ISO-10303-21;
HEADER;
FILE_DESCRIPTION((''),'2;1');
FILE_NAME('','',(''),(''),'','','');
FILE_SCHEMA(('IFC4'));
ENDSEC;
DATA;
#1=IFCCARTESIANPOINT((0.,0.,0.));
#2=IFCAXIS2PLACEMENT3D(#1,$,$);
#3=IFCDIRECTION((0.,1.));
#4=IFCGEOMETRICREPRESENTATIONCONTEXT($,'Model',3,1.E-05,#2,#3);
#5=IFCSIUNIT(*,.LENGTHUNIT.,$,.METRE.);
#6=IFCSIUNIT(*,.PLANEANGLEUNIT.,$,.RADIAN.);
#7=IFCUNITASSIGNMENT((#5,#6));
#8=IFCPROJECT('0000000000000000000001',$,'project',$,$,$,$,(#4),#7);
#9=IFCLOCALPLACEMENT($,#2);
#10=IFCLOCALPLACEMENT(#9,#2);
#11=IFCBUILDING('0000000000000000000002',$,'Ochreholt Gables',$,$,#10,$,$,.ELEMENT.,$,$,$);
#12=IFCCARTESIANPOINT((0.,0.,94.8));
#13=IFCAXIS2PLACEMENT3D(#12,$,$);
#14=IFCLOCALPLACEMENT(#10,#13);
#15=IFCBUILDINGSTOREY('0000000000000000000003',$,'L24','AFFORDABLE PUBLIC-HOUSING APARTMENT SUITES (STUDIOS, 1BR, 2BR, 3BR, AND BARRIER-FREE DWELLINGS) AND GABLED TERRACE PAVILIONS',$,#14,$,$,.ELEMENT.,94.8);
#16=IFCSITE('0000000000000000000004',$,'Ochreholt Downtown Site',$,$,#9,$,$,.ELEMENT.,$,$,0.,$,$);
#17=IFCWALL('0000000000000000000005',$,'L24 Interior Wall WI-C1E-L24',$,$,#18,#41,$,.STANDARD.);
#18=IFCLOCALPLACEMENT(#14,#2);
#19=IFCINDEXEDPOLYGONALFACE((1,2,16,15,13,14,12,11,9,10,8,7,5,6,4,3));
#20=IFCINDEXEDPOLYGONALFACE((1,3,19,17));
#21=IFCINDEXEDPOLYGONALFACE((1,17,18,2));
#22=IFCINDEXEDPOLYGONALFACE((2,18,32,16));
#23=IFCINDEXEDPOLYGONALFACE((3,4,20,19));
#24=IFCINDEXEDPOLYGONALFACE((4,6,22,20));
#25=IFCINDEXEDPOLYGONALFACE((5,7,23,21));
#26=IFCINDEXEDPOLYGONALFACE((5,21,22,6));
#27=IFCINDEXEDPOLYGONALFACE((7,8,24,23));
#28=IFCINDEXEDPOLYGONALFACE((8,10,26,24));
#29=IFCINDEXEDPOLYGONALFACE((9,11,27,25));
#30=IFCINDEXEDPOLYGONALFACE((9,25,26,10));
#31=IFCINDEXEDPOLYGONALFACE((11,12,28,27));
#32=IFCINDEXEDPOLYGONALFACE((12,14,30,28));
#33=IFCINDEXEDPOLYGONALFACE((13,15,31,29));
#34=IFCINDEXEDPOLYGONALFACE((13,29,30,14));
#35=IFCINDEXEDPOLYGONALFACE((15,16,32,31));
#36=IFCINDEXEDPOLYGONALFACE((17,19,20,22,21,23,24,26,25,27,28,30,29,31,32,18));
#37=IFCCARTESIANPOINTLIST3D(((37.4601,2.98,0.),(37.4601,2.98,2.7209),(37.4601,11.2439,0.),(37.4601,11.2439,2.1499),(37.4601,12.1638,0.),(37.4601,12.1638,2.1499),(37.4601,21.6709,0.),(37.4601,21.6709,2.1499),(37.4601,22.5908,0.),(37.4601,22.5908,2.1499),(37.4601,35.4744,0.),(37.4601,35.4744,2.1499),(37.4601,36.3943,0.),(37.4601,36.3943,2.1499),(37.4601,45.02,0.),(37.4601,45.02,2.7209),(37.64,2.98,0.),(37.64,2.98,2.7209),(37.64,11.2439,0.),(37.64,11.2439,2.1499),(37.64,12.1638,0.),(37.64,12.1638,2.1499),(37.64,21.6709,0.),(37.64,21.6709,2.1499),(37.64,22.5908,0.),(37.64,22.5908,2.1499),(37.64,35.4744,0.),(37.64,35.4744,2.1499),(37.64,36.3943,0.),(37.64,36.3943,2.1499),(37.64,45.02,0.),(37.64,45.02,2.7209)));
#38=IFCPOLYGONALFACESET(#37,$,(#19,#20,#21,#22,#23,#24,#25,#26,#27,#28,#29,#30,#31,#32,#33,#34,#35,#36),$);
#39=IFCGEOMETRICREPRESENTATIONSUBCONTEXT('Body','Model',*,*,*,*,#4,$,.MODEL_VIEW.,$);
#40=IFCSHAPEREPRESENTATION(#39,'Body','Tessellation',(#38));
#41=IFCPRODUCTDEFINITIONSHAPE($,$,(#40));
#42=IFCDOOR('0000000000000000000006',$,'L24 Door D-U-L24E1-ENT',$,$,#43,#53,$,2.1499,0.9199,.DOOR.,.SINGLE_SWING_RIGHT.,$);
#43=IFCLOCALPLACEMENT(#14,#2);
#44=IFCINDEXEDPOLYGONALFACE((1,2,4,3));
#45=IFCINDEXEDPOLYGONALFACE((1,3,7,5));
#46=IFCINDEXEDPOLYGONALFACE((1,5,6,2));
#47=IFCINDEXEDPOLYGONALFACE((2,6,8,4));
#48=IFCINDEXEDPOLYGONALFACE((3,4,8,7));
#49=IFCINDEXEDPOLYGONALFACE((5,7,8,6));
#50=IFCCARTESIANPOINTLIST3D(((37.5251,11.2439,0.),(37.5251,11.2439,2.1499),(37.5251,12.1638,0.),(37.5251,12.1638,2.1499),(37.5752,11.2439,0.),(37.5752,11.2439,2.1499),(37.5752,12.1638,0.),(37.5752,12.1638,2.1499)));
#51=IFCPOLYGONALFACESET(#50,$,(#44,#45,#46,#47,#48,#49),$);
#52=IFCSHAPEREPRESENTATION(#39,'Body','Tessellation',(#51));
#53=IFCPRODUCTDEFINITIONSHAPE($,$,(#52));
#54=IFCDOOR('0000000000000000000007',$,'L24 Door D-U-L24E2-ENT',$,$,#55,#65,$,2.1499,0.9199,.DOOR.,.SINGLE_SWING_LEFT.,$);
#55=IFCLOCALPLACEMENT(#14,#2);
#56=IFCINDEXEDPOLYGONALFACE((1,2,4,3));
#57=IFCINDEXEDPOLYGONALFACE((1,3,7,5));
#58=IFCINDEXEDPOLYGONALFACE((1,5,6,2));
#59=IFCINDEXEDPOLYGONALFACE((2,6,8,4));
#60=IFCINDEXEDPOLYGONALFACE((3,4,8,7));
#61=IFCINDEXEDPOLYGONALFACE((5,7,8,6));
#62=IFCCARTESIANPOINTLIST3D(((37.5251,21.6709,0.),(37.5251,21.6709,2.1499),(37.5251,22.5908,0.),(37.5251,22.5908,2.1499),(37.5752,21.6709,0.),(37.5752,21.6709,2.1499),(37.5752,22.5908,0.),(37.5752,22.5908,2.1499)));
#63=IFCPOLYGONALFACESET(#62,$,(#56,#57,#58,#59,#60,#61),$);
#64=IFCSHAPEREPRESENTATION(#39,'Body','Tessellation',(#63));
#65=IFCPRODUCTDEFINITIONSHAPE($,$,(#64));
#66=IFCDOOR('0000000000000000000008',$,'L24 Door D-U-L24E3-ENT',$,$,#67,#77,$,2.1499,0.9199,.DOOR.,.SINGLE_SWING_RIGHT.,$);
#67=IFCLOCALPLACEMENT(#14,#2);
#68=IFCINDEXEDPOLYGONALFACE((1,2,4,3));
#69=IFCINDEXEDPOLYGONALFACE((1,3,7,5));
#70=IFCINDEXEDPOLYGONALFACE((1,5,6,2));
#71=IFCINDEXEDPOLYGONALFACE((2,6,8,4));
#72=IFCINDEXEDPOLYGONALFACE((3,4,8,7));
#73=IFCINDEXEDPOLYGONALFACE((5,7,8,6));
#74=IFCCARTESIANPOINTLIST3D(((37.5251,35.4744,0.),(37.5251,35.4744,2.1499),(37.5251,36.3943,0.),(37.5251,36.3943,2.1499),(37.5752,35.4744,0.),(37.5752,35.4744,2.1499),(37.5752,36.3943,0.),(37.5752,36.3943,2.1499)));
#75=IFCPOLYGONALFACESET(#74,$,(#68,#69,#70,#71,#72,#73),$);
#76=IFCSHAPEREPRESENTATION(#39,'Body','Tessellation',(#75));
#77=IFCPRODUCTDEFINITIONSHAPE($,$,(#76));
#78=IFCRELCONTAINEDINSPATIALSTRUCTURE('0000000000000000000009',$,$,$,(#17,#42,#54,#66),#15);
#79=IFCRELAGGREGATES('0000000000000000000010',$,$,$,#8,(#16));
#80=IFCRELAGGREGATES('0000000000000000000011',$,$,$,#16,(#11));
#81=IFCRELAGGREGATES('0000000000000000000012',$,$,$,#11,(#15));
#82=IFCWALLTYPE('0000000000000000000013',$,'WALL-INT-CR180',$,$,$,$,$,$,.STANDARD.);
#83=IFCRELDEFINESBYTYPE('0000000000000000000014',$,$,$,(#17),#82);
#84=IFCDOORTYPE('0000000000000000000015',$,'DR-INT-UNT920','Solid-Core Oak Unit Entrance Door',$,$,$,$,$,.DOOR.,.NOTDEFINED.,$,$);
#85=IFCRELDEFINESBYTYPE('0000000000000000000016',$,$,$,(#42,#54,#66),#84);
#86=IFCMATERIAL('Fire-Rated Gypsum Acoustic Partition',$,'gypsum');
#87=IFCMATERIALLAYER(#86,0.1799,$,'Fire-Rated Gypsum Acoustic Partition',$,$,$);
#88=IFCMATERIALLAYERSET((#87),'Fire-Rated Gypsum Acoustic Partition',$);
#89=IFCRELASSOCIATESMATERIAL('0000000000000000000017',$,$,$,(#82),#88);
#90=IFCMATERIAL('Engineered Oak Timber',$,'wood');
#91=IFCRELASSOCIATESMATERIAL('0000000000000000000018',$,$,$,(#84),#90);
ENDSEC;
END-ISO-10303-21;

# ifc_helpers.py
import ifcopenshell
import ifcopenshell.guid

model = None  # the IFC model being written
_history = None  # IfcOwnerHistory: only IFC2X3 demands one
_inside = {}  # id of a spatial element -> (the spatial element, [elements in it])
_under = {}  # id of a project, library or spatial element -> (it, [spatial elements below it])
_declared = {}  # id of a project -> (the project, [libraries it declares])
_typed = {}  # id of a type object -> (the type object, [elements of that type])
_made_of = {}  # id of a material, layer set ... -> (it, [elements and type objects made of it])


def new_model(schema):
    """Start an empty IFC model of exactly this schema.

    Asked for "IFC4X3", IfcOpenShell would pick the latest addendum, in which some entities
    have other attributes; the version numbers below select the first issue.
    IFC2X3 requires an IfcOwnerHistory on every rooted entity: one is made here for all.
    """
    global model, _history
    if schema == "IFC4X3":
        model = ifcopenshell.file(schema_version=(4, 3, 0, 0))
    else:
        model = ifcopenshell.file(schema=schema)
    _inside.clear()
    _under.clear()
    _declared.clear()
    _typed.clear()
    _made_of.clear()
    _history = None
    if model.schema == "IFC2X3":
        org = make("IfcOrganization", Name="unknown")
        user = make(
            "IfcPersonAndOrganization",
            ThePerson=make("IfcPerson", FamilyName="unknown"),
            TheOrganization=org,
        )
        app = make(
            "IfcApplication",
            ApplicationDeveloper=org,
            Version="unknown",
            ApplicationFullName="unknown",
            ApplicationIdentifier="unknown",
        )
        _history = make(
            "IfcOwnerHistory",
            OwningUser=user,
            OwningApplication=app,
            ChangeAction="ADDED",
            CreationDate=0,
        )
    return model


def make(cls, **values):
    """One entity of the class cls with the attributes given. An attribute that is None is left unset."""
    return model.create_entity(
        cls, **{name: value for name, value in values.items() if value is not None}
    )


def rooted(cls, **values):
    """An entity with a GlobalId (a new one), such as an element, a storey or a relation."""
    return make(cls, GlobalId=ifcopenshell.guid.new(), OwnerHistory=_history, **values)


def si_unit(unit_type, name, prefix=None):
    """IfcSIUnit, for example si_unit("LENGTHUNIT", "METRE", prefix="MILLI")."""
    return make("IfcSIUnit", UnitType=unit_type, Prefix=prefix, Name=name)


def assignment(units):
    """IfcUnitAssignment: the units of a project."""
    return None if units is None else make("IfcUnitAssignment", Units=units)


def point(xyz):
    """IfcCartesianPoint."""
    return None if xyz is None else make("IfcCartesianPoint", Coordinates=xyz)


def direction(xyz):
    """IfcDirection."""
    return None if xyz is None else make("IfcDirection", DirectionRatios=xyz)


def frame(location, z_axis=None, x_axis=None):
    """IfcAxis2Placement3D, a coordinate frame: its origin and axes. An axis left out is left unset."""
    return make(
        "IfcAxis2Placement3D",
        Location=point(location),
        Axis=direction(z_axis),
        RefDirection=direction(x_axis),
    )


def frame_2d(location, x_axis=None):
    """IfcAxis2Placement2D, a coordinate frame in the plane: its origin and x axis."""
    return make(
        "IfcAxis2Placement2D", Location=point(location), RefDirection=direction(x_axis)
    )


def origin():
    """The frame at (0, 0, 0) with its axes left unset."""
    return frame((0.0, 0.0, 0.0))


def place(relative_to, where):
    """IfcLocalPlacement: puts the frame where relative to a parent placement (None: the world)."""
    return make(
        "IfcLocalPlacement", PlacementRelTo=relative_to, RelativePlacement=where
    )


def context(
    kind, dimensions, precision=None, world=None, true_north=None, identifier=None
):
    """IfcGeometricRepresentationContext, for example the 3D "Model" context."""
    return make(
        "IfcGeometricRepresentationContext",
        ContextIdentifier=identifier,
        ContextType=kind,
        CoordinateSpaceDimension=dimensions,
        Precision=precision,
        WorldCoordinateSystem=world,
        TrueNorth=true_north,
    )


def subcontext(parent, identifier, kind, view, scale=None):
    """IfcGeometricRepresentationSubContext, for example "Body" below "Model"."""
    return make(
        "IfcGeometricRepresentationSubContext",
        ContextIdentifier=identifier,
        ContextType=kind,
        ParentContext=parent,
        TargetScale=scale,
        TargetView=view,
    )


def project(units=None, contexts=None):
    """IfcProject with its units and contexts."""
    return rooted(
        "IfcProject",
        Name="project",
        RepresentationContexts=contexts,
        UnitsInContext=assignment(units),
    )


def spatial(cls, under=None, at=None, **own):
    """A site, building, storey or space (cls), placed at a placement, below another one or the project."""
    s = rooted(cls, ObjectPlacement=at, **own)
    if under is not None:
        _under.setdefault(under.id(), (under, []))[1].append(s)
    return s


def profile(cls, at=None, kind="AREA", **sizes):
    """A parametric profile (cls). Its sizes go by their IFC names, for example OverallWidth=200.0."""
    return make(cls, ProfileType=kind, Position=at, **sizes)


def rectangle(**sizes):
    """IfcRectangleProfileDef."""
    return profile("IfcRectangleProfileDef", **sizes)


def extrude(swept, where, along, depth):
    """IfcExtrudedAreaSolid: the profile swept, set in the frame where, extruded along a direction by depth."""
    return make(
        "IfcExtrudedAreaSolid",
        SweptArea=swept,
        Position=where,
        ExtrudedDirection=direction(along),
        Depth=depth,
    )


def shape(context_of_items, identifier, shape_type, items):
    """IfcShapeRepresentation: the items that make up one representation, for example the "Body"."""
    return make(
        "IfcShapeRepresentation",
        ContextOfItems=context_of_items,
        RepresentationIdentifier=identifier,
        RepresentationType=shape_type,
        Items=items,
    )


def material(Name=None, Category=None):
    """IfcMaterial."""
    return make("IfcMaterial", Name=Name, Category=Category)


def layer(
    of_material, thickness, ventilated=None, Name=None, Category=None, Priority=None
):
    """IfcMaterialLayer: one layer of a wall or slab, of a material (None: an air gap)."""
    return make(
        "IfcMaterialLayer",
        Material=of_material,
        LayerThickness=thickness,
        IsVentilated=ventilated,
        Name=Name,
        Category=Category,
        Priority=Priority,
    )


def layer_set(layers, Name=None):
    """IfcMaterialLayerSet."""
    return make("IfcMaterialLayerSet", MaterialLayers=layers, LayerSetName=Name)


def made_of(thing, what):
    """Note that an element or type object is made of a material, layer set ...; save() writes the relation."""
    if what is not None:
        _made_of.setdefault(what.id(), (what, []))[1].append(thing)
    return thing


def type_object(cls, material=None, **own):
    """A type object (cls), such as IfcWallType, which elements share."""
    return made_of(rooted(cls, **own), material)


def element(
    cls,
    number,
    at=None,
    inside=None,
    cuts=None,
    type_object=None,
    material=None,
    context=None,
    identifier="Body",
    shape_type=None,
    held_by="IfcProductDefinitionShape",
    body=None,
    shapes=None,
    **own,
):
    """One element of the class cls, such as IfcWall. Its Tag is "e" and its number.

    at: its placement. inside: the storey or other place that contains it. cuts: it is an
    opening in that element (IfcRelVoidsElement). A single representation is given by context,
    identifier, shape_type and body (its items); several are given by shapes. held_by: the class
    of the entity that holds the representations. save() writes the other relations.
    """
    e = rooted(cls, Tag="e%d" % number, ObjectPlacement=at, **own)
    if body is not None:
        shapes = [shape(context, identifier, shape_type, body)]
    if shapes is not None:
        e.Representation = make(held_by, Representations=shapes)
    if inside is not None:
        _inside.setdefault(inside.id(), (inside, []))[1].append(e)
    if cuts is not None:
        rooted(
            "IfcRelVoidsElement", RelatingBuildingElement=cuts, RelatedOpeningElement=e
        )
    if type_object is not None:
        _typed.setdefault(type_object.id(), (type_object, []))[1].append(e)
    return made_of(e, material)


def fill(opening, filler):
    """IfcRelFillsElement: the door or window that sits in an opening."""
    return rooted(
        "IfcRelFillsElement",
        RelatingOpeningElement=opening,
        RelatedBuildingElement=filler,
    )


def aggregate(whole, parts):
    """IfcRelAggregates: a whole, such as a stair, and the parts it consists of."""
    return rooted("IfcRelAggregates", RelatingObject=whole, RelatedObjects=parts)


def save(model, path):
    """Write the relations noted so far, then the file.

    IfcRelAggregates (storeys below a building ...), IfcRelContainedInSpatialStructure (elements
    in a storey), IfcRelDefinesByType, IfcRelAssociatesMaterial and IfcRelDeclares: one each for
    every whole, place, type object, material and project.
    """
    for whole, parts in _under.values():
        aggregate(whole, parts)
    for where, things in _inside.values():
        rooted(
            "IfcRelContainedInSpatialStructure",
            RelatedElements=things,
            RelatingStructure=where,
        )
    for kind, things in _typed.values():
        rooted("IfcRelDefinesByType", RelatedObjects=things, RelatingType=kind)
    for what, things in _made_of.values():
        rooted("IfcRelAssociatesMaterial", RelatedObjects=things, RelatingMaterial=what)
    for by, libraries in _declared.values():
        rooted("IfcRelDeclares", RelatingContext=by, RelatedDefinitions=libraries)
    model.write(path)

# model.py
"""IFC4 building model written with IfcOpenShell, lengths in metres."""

from ifc_helpers import new_model, si_unit, direction, frame, frame_2d, origin, place, context, subcontext, project, spatial, rectangle, extrude, material, layer, layer_set, type_object, element, fill, save


model = new_model("IFC4")

# Units and contexts
model_context = context("Model", 3, precision=1e-05, world=origin(), true_north=direction((0.0, 1.0)))
body_context = subcontext(model_context, "Body", "Model", "MODEL_VIEW")
ifc_project = project(units=[si_unit("LENGTHUNIT", "METRE"), si_unit("PLANEANGLEUNIT", "RADIAN")], contexts=[model_context])

# Site, building, storey
site_placement = place(None, origin())
site = spatial("IfcSite", under=ifc_project, at=site_placement, Name="Ochreholt Downtown Site", CompositionType="ELEMENT", RefElevation=0.0)
building_placement = place(site_placement, origin())
building = spatial("IfcBuilding", under=site, at=building_placement, Name="Ochreholt Gables", CompositionType="ELEMENT")
storey_placement = place(building_placement, frame((0.0, 0.0, 94.8)))
storey = spatial("IfcBuildingStorey", under=building, at=storey_placement, Name="L24", Description="AFFORDABLE PUBLIC-HOUSING APARTMENT SUITES (STUDIOS, 1BR, 2BR, 3BR, AND BARRIER-FREE DWELLINGS) AND GABLED TERRACE PAVILIONS", CompositionType="ELEMENT", Elevation=94.8)

# Wall, openings, doors
ifc_material_1 = material(Name="Fire-Rated Gypsum Acoustic Partition", Category="gypsum")
ifc_layer_1 = layer(ifc_material_1, 0.1799, Name="Fire-Rated Gypsum Acoustic Partition")
ifc_layer_set_1 = layer_set([ifc_layer_1], Name="Fire-Rated Gypsum Acoustic Partition")
wall_type_1 = type_object("IfcWallType", Name="WALL-INT-CR180", PredefinedType="STANDARD", material=ifc_layer_set_1)
wall_1_placement = place(storey_placement, frame((37.55, 2.98, 0.0), z_axis=(0.0, 0.0, 1.0), x_axis=(0.0, 1.0, 0.0)))
wall_1 = element("IfcWall", 1, at=wall_1_placement, inside=storey, type_object=wall_type_1, Name="L24 Interior Wall WI-C1E-L24", PredefinedType="STANDARD", context=body_context, shape_type="SweptSolid", body=[
    extrude(rectangle(XDim=42.04, YDim=0.1799, at=frame_2d((21.02, 0.0))), origin(), (0.0, 0.0, 1.0), 2.7209),
])
opening_1_placement = place(wall_1_placement, frame((8.2639, 0.0, 0.0)))
opening_1 = element("IfcOpeningElement", 2, at=opening_1_placement, cuts=wall_1, PredefinedType="OPENING", context=body_context, shape_type="SweptSolid", body=[
    extrude(rectangle(XDim=0.9199, YDim=2.1499, at=frame_2d((0.46, 1.075))), frame((0.0, 0.0999, 0.0), z_axis=(0.0, -1.0, 0.0), x_axis=(1.0, 0.0, 0.0)), (0.0, 0.0, 1.0), 0.2),
])
opening_2_placement = place(wall_1_placement, frame((18.6909, 0.0, 0.0)))
opening_2 = element("IfcOpeningElement", 3, at=opening_2_placement, cuts=wall_1, PredefinedType="OPENING", context=body_context, shape_type="SweptSolid", body=[
    extrude(rectangle(XDim=0.9199, YDim=2.1499, at=frame_2d((0.46, 1.075))), frame((0.0, 0.0999, 0.0), z_axis=(0.0, -1.0, 0.0), x_axis=(1.0, 0.0, 0.0)), (0.0, 0.0, 1.0), 0.2),
])
opening_3_placement = place(wall_1_placement, frame((32.4944, 0.0, 0.0)))
opening_3 = element("IfcOpeningElement", 4, at=opening_3_placement, cuts=wall_1, PredefinedType="OPENING", context=body_context, shape_type="SweptSolid", body=[
    extrude(rectangle(XDim=0.9199, YDim=2.1499, at=frame_2d((0.46, 1.075))), frame((0.0, 0.0999, 0.0), z_axis=(0.0, -1.0, 0.0), x_axis=(1.0, 0.0, 0.0)), (0.0, 0.0, 1.0), 0.2),
])
ifc_material_2 = material(Name="Engineered Oak Timber", Category="wood")
door_type = type_object("IfcDoorType", Name="DR-INT-UNT920", Description="Solid-Core Oak Unit Entrance Door", OperationType="NOTDEFINED", PredefinedType="DOOR", material=ifc_material_2)
door_1_placement = place(opening_1_placement, origin())
door_1 = element("IfcDoor", 5, at=door_1_placement, inside=storey, type_object=door_type, Name="L24 Door D-U-L24E1-ENT", OperationType="SINGLE_SWING_RIGHT", OverallHeight=2.1499, OverallWidth=0.9199, PredefinedType="DOOR", context=body_context, shape_type="SweptSolid", body=[
    extrude(rectangle(XDim=0.9199, YDim=2.1499, at=frame_2d((0.46, 1.075))), frame((0.0, 0.0249, 0.0), z_axis=(0.0, -1.0, 0.0), x_axis=(1.0, 0.0, 0.0)), (0.0, 0.0, 1.0), 0.05),
])
fill(opening_1, door_1)
door_2_placement = place(opening_2_placement, origin())
door_2 = element("IfcDoor", 6, at=door_2_placement, inside=storey, type_object=door_type, Name="L24 Door D-U-L24E2-ENT", OperationType="SINGLE_SWING_LEFT", OverallHeight=2.1499, OverallWidth=0.9199, PredefinedType="DOOR", context=body_context, shape_type="SweptSolid", body=[
    extrude(rectangle(XDim=0.9199, YDim=2.1499, at=frame_2d((0.46, 1.075))), frame((0.0, 0.0249, 0.0), z_axis=(0.0, -1.0, 0.0), x_axis=(1.0, 0.0, 0.0)), (0.0, 0.0, 1.0), 0.05),
])
fill(opening_2, door_2)
door_3_placement = place(opening_3_placement, origin())
door_3 = element("IfcDoor", 7, at=door_3_placement, inside=storey, type_object=door_type, Name="L24 Door D-U-L24E3-ENT", OperationType="SINGLE_SWING_RIGHT", OverallHeight=2.1499, OverallWidth=0.9199, PredefinedType="DOOR", context=body_context, shape_type="SweptSolid", body=[
    extrude(rectangle(XDim=0.9199, YDim=2.1499, at=frame_2d((0.46, 1.075))), frame((0.0, 0.0249, 0.0), z_axis=(0.0, -1.0, 0.0), x_axis=(1.0, 0.0, 0.0)), (0.0, 0.0, 1.0), 0.05),
])
fill(opening_3, door_3)

save(model, "model.ifc")
